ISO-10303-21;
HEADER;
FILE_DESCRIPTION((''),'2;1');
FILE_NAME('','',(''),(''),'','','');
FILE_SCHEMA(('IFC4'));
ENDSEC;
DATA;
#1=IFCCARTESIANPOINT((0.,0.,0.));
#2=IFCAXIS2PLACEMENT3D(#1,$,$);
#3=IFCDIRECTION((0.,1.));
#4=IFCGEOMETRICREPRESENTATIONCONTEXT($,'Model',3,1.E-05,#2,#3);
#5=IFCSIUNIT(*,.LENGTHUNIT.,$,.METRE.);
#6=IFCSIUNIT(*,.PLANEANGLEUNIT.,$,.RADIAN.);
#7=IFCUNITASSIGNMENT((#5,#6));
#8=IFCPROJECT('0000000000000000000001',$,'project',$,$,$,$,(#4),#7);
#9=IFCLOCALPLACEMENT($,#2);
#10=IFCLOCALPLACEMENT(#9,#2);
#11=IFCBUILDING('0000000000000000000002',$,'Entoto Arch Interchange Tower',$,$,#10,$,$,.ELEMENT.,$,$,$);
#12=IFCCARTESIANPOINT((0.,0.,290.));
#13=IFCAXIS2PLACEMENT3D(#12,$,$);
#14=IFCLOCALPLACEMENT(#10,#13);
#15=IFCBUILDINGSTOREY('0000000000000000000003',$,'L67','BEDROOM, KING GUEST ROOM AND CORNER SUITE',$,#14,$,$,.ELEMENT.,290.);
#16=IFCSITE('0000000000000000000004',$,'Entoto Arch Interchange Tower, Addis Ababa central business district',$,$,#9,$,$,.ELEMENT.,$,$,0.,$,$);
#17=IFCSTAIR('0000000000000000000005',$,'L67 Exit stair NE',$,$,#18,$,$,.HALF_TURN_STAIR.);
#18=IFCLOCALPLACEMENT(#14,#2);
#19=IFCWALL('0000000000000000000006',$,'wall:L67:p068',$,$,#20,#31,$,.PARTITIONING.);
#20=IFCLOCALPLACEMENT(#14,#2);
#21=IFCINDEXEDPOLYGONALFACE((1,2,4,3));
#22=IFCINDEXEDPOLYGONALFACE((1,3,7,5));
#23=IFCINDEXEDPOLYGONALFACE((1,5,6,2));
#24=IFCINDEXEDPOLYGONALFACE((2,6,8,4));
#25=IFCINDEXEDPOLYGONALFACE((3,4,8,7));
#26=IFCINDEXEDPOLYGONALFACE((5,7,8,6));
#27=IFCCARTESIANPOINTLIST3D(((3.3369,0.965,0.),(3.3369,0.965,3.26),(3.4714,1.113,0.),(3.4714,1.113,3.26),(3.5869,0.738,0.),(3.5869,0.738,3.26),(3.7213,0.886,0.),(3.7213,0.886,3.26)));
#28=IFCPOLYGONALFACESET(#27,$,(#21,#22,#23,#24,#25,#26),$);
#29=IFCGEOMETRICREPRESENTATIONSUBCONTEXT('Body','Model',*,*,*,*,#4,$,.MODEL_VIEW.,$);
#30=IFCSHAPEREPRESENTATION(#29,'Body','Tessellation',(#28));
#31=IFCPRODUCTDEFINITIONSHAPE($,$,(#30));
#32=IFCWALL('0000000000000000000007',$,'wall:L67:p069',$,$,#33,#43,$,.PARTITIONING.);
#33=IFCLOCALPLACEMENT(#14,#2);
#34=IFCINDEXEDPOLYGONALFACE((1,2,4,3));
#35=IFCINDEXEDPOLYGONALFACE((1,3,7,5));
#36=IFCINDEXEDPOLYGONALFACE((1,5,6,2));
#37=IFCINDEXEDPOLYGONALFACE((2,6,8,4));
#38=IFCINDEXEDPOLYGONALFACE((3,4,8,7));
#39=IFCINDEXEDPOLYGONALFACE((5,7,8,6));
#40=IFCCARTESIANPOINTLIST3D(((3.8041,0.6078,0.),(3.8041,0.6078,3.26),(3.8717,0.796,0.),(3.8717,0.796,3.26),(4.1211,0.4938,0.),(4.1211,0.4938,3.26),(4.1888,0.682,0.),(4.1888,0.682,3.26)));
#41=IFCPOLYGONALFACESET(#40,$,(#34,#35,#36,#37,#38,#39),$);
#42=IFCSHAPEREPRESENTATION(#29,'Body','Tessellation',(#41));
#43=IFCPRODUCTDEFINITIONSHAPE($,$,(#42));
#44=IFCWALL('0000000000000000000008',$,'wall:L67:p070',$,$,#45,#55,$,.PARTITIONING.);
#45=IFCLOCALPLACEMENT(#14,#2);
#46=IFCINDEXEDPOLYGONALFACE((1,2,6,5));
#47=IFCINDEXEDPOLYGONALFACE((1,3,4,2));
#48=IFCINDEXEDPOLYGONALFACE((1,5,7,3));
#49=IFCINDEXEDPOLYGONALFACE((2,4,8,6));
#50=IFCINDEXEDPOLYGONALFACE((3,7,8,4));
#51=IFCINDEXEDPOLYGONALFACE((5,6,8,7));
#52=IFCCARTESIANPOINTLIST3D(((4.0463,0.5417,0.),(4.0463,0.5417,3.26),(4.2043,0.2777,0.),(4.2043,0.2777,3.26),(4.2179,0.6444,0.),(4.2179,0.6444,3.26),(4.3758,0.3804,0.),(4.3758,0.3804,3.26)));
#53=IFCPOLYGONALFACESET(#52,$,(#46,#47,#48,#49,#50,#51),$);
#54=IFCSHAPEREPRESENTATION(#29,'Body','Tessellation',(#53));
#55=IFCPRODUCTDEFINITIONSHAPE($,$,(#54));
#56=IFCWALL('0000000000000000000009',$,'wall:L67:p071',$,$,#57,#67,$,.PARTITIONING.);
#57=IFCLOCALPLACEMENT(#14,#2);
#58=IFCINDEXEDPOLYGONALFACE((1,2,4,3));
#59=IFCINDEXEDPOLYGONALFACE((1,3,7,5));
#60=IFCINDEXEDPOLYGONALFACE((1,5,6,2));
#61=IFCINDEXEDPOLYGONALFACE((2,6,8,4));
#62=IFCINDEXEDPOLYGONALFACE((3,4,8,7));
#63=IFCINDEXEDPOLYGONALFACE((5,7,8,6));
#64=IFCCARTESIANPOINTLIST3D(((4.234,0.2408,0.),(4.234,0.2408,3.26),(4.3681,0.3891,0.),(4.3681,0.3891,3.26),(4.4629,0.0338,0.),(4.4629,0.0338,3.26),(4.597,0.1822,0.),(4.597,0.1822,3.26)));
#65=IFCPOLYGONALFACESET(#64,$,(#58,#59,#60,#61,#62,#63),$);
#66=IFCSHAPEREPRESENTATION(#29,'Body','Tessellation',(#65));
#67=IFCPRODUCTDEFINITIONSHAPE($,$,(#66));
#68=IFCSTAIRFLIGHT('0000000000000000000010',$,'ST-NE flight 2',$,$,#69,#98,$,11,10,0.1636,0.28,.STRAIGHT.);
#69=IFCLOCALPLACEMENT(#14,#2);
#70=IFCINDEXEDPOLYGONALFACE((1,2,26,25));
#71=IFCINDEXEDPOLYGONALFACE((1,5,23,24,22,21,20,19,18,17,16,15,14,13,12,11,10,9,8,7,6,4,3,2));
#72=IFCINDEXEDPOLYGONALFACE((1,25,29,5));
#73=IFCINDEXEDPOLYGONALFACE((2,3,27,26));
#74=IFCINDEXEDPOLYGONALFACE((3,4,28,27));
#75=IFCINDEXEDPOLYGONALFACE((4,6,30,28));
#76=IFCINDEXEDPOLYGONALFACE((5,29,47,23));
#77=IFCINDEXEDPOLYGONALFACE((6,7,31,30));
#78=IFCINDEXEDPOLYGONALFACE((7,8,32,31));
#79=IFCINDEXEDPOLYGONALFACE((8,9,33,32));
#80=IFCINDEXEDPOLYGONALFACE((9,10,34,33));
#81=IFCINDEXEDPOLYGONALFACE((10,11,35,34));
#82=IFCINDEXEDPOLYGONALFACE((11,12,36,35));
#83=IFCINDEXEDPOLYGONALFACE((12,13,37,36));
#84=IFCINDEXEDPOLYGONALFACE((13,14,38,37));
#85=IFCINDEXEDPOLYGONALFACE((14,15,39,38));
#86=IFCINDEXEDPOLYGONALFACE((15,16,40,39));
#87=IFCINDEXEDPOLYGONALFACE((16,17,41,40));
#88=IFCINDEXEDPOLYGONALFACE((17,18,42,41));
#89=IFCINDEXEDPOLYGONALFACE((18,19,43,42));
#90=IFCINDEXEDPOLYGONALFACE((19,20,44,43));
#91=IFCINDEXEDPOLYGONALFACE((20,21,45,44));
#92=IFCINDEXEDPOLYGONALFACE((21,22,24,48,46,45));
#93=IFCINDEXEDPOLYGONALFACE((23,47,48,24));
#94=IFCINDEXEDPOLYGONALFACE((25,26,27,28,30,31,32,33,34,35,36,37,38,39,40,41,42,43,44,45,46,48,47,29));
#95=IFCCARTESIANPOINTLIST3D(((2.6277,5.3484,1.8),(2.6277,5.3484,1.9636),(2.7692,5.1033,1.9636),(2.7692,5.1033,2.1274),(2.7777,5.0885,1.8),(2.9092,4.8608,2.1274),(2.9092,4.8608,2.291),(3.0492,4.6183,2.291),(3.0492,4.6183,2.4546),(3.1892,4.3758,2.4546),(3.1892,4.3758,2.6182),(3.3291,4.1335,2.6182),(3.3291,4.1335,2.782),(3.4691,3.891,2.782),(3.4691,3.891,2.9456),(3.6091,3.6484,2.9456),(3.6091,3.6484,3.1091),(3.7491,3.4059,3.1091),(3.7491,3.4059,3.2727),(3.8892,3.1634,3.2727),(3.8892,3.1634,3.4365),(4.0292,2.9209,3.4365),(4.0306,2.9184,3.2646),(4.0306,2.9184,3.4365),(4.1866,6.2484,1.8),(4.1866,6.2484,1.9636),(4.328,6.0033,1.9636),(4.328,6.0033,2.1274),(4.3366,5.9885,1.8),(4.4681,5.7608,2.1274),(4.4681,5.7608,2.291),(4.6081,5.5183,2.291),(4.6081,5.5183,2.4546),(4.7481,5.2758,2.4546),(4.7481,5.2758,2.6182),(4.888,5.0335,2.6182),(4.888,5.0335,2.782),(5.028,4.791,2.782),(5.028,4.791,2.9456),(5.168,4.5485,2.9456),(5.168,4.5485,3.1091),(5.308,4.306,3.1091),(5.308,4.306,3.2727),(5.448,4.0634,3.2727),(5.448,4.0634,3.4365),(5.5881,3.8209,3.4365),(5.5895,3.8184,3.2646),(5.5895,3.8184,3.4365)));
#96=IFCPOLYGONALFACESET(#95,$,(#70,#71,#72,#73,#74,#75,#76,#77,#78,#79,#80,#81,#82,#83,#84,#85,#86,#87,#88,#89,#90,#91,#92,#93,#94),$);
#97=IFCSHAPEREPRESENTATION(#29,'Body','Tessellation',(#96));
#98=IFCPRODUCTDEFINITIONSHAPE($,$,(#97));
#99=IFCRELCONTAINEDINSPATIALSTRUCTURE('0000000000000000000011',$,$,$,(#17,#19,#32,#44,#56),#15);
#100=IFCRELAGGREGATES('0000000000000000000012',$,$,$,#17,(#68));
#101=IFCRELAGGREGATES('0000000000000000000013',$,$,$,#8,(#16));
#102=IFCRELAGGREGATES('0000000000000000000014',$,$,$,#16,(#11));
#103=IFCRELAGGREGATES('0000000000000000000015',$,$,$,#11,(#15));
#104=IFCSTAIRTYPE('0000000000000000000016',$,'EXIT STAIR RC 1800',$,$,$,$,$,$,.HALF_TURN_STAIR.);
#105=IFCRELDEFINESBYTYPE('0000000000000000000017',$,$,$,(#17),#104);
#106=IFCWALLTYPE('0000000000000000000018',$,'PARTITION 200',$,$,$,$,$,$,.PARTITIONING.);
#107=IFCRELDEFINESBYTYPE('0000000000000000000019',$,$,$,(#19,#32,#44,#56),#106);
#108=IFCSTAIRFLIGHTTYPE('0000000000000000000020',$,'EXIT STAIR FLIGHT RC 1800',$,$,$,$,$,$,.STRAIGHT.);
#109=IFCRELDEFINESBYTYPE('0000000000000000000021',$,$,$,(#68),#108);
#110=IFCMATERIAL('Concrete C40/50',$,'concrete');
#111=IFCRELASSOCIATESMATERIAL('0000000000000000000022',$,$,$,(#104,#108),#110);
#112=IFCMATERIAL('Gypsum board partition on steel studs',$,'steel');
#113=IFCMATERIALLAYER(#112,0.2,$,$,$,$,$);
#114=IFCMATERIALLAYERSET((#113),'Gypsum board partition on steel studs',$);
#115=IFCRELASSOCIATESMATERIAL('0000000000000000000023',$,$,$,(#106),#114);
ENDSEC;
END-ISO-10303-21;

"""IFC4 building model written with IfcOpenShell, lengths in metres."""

from ifc_helpers import new_model, si_unit, direction, frame, frame_2d, origin, place, context, subcontext, project, spatial, polyline, rectangle, outline, extrude, material, layer, layer_set, type_object, element, aggregate, save


model = new_model("IFC4")

# Units and contexts
model_context = context("Model", 3, precision=1e-05, world=origin(), true_north=direction((0.0, 1.0)))
body_context = subcontext(model_context, "Body", "Model", "MODEL_VIEW")
ifc_project = project(units=[si_unit("LENGTHUNIT", "METRE"), si_unit("PLANEANGLEUNIT", "RADIAN")], contexts=[model_context])

# Site, building, storey
site_placement = place(None, origin())
site = spatial("IfcSite", under=ifc_project, at=site_placement, Name="Entoto Arch Interchange Tower, Addis Ababa central business district", CompositionType="ELEMENT", RefElevation=0.0)
building_placement = place(site_placement, origin())
building = spatial("IfcBuilding", under=site, at=building_placement, Name="Entoto Arch Interchange Tower", CompositionType="ELEMENT")
storey_placement = place(building_placement, frame((0.0, 0.0, 290.0)))
storey = spatial("IfcBuildingStorey", under=building, at=storey_placement, Name="L67", Description="BEDROOM, KING GUEST ROOM AND CORNER SUITE", CompositionType="ELEMENT", Elevation=290.0)

# Stair
ifc_material_1 = material(Name="Concrete C40/50", Category="concrete")
stair_type = type_object("IfcStairType", Name="EXIT STAIR RC 1800", PredefinedType="HALF_TURN_STAIR", material=ifc_material_1)
stair_1_placement = place(storey_placement, origin())
stair_1 = element("IfcStair", 1, at=stair_1_placement, inside=storey, type_object=stair_type, Name="L67 Exit stair NE", PredefinedType="HALF_TURN_STAIR")

# Shared definitions
ifc_material_2 = material(Name="Gypsum board partition on steel studs", Category="steel")
ifc_layer_1 = layer(ifc_material_2, 0.2)
ifc_layer_set_1 = layer_set([ifc_layer_1], Name="Gypsum board partition on steel studs")
wall_type = type_object("IfcWallType", Name="PARTITION 200", PredefinedType="PARTITIONING", material=ifc_layer_set_1)

# Walls
for number, where, z_axis, x_axis, name in (
    (2, (3.4041, 1.0391, 0.0), (0.0, 0.0, 1.0), (0.740267, -0.672313, 0.0), "wall:L67:p068"),
):
    element("IfcWall", number, at=place(storey_placement, frame(where, z_axis=z_axis, x_axis=x_axis)), inside=storey, type_object=wall_type, Name=name, PredefinedType="PARTITIONING", context=body_context, shape_type="SweptSolid", body=[
        extrude(rectangle(XDim=0.3376, YDim=0.2, at=frame_2d((0.1689, 0.0))), origin(), (0.0, 0.0, 1.0), 3.26),
    ])
wall_1_placement = place(storey_placement, frame((3.8379, 0.7019, 0.0), z_axis=(0.0, 0.0, 1.0), x_axis=(0.941035, -0.338309, 0.0)))
element("IfcWall", 3, at=wall_1_placement, inside=storey, type_object=wall_type, Name="wall:L67:p069", PredefinedType="PARTITIONING", context=body_context, shape_type="SweptSolid", body=[
    extrude(rectangle(XDim=0.3369, YDim=0.2, at=frame_2d((0.1685, 0.0))), origin(), (0.0, 0.0, 1.0), 3.26),
])
wall_2_placement = place(storey_placement, frame((4.1321, 0.593, 0.0), z_axis=(0.0, 0.0, 1.0), x_axis=(0.513562, -0.858053, 0.0)))
element("IfcWall", 4, at=wall_2_placement, inside=storey, type_object=wall_type, Name="wall:L67:p070", PredefinedType="PARTITIONING", context=body_context, shape_type="SweptSolid", body=[
    extrude(rectangle(XDim=0.3076, YDim=0.2, at=frame_2d((0.1538, 0.0))), origin(), (0.0, 0.0, 1.0), 3.26),
])
wall_3_placement = place(storey_placement, frame((4.301, 0.3149, 0.0), z_axis=(0.0, 0.0, 1.0), x_axis=(0.741798, -0.670623, 0.0)))
element("IfcWall", 5, at=wall_3_placement, inside=storey, type_object=wall_type, Name="wall:L67:p071", PredefinedType="PARTITIONING", context=body_context, shape_type="SweptSolid", body=[
    extrude(rectangle(XDim=0.3086, YDim=0.2, at=frame_2d((0.1543, 0.0))), origin(), (0.0, 0.0, 1.0), 3.26),
])

# Stair flight
stair_flight_type = type_object("IfcStairFlightType", Name="EXIT STAIR FLIGHT RC 1800", PredefinedType="STRAIGHT", material=ifc_material_1)
stair_flight_placement = place(storey_placement, frame((3.4087, 5.7959, 1.8), z_axis=(0.0, 0.0, 1.0), x_axis=(0.5, -0.866025, 0.0)))
stair_flight = element("IfcStairFlight", 6, at=stair_flight_placement, type_object=stair_flight_type, Name="ST-NE flight 2", NumberOfRisers=11, NumberOfTreads=10, PredefinedType="STRAIGHT", RiserHeight=0.1636, TreadLength=0.28, context=body_context, shape_type="SweptSolid", body=[
    extrude(outline(polyline([(-0.0029, 0.0), (-0.0029, 0.1636), (0.28, 0.1636), (0.28, 0.3274), (0.5601, 0.3274), (0.5601, 0.491), (0.8401, 0.491), (0.8401, 0.6545), (1.1201, 0.6545), (1.1201, 0.8181), (1.3999, 0.8181), (1.3999, 0.9819), (1.6799, 0.9819), (1.6799, 1.1455), (1.96, 1.1455), (1.96, 1.3091), (2.24, 1.3091), (2.24, 1.4727), (2.52, 1.4727), (2.52, 1.6365), (2.8, 1.6365), (2.803, 1.6365), (2.803, 1.4646), (0.2971, 0.0), (-0.0029, 0.0)])), frame((0.0, 0.8999, 0.0), z_axis=(0.0, -1.0, 0.0), x_axis=(1.0, 0.0, 0.0)), (0.0, 0.0, 1.0), 1.8),
])
aggregate(stair_1, [stair_flight])

save(model, "model.ifc")
